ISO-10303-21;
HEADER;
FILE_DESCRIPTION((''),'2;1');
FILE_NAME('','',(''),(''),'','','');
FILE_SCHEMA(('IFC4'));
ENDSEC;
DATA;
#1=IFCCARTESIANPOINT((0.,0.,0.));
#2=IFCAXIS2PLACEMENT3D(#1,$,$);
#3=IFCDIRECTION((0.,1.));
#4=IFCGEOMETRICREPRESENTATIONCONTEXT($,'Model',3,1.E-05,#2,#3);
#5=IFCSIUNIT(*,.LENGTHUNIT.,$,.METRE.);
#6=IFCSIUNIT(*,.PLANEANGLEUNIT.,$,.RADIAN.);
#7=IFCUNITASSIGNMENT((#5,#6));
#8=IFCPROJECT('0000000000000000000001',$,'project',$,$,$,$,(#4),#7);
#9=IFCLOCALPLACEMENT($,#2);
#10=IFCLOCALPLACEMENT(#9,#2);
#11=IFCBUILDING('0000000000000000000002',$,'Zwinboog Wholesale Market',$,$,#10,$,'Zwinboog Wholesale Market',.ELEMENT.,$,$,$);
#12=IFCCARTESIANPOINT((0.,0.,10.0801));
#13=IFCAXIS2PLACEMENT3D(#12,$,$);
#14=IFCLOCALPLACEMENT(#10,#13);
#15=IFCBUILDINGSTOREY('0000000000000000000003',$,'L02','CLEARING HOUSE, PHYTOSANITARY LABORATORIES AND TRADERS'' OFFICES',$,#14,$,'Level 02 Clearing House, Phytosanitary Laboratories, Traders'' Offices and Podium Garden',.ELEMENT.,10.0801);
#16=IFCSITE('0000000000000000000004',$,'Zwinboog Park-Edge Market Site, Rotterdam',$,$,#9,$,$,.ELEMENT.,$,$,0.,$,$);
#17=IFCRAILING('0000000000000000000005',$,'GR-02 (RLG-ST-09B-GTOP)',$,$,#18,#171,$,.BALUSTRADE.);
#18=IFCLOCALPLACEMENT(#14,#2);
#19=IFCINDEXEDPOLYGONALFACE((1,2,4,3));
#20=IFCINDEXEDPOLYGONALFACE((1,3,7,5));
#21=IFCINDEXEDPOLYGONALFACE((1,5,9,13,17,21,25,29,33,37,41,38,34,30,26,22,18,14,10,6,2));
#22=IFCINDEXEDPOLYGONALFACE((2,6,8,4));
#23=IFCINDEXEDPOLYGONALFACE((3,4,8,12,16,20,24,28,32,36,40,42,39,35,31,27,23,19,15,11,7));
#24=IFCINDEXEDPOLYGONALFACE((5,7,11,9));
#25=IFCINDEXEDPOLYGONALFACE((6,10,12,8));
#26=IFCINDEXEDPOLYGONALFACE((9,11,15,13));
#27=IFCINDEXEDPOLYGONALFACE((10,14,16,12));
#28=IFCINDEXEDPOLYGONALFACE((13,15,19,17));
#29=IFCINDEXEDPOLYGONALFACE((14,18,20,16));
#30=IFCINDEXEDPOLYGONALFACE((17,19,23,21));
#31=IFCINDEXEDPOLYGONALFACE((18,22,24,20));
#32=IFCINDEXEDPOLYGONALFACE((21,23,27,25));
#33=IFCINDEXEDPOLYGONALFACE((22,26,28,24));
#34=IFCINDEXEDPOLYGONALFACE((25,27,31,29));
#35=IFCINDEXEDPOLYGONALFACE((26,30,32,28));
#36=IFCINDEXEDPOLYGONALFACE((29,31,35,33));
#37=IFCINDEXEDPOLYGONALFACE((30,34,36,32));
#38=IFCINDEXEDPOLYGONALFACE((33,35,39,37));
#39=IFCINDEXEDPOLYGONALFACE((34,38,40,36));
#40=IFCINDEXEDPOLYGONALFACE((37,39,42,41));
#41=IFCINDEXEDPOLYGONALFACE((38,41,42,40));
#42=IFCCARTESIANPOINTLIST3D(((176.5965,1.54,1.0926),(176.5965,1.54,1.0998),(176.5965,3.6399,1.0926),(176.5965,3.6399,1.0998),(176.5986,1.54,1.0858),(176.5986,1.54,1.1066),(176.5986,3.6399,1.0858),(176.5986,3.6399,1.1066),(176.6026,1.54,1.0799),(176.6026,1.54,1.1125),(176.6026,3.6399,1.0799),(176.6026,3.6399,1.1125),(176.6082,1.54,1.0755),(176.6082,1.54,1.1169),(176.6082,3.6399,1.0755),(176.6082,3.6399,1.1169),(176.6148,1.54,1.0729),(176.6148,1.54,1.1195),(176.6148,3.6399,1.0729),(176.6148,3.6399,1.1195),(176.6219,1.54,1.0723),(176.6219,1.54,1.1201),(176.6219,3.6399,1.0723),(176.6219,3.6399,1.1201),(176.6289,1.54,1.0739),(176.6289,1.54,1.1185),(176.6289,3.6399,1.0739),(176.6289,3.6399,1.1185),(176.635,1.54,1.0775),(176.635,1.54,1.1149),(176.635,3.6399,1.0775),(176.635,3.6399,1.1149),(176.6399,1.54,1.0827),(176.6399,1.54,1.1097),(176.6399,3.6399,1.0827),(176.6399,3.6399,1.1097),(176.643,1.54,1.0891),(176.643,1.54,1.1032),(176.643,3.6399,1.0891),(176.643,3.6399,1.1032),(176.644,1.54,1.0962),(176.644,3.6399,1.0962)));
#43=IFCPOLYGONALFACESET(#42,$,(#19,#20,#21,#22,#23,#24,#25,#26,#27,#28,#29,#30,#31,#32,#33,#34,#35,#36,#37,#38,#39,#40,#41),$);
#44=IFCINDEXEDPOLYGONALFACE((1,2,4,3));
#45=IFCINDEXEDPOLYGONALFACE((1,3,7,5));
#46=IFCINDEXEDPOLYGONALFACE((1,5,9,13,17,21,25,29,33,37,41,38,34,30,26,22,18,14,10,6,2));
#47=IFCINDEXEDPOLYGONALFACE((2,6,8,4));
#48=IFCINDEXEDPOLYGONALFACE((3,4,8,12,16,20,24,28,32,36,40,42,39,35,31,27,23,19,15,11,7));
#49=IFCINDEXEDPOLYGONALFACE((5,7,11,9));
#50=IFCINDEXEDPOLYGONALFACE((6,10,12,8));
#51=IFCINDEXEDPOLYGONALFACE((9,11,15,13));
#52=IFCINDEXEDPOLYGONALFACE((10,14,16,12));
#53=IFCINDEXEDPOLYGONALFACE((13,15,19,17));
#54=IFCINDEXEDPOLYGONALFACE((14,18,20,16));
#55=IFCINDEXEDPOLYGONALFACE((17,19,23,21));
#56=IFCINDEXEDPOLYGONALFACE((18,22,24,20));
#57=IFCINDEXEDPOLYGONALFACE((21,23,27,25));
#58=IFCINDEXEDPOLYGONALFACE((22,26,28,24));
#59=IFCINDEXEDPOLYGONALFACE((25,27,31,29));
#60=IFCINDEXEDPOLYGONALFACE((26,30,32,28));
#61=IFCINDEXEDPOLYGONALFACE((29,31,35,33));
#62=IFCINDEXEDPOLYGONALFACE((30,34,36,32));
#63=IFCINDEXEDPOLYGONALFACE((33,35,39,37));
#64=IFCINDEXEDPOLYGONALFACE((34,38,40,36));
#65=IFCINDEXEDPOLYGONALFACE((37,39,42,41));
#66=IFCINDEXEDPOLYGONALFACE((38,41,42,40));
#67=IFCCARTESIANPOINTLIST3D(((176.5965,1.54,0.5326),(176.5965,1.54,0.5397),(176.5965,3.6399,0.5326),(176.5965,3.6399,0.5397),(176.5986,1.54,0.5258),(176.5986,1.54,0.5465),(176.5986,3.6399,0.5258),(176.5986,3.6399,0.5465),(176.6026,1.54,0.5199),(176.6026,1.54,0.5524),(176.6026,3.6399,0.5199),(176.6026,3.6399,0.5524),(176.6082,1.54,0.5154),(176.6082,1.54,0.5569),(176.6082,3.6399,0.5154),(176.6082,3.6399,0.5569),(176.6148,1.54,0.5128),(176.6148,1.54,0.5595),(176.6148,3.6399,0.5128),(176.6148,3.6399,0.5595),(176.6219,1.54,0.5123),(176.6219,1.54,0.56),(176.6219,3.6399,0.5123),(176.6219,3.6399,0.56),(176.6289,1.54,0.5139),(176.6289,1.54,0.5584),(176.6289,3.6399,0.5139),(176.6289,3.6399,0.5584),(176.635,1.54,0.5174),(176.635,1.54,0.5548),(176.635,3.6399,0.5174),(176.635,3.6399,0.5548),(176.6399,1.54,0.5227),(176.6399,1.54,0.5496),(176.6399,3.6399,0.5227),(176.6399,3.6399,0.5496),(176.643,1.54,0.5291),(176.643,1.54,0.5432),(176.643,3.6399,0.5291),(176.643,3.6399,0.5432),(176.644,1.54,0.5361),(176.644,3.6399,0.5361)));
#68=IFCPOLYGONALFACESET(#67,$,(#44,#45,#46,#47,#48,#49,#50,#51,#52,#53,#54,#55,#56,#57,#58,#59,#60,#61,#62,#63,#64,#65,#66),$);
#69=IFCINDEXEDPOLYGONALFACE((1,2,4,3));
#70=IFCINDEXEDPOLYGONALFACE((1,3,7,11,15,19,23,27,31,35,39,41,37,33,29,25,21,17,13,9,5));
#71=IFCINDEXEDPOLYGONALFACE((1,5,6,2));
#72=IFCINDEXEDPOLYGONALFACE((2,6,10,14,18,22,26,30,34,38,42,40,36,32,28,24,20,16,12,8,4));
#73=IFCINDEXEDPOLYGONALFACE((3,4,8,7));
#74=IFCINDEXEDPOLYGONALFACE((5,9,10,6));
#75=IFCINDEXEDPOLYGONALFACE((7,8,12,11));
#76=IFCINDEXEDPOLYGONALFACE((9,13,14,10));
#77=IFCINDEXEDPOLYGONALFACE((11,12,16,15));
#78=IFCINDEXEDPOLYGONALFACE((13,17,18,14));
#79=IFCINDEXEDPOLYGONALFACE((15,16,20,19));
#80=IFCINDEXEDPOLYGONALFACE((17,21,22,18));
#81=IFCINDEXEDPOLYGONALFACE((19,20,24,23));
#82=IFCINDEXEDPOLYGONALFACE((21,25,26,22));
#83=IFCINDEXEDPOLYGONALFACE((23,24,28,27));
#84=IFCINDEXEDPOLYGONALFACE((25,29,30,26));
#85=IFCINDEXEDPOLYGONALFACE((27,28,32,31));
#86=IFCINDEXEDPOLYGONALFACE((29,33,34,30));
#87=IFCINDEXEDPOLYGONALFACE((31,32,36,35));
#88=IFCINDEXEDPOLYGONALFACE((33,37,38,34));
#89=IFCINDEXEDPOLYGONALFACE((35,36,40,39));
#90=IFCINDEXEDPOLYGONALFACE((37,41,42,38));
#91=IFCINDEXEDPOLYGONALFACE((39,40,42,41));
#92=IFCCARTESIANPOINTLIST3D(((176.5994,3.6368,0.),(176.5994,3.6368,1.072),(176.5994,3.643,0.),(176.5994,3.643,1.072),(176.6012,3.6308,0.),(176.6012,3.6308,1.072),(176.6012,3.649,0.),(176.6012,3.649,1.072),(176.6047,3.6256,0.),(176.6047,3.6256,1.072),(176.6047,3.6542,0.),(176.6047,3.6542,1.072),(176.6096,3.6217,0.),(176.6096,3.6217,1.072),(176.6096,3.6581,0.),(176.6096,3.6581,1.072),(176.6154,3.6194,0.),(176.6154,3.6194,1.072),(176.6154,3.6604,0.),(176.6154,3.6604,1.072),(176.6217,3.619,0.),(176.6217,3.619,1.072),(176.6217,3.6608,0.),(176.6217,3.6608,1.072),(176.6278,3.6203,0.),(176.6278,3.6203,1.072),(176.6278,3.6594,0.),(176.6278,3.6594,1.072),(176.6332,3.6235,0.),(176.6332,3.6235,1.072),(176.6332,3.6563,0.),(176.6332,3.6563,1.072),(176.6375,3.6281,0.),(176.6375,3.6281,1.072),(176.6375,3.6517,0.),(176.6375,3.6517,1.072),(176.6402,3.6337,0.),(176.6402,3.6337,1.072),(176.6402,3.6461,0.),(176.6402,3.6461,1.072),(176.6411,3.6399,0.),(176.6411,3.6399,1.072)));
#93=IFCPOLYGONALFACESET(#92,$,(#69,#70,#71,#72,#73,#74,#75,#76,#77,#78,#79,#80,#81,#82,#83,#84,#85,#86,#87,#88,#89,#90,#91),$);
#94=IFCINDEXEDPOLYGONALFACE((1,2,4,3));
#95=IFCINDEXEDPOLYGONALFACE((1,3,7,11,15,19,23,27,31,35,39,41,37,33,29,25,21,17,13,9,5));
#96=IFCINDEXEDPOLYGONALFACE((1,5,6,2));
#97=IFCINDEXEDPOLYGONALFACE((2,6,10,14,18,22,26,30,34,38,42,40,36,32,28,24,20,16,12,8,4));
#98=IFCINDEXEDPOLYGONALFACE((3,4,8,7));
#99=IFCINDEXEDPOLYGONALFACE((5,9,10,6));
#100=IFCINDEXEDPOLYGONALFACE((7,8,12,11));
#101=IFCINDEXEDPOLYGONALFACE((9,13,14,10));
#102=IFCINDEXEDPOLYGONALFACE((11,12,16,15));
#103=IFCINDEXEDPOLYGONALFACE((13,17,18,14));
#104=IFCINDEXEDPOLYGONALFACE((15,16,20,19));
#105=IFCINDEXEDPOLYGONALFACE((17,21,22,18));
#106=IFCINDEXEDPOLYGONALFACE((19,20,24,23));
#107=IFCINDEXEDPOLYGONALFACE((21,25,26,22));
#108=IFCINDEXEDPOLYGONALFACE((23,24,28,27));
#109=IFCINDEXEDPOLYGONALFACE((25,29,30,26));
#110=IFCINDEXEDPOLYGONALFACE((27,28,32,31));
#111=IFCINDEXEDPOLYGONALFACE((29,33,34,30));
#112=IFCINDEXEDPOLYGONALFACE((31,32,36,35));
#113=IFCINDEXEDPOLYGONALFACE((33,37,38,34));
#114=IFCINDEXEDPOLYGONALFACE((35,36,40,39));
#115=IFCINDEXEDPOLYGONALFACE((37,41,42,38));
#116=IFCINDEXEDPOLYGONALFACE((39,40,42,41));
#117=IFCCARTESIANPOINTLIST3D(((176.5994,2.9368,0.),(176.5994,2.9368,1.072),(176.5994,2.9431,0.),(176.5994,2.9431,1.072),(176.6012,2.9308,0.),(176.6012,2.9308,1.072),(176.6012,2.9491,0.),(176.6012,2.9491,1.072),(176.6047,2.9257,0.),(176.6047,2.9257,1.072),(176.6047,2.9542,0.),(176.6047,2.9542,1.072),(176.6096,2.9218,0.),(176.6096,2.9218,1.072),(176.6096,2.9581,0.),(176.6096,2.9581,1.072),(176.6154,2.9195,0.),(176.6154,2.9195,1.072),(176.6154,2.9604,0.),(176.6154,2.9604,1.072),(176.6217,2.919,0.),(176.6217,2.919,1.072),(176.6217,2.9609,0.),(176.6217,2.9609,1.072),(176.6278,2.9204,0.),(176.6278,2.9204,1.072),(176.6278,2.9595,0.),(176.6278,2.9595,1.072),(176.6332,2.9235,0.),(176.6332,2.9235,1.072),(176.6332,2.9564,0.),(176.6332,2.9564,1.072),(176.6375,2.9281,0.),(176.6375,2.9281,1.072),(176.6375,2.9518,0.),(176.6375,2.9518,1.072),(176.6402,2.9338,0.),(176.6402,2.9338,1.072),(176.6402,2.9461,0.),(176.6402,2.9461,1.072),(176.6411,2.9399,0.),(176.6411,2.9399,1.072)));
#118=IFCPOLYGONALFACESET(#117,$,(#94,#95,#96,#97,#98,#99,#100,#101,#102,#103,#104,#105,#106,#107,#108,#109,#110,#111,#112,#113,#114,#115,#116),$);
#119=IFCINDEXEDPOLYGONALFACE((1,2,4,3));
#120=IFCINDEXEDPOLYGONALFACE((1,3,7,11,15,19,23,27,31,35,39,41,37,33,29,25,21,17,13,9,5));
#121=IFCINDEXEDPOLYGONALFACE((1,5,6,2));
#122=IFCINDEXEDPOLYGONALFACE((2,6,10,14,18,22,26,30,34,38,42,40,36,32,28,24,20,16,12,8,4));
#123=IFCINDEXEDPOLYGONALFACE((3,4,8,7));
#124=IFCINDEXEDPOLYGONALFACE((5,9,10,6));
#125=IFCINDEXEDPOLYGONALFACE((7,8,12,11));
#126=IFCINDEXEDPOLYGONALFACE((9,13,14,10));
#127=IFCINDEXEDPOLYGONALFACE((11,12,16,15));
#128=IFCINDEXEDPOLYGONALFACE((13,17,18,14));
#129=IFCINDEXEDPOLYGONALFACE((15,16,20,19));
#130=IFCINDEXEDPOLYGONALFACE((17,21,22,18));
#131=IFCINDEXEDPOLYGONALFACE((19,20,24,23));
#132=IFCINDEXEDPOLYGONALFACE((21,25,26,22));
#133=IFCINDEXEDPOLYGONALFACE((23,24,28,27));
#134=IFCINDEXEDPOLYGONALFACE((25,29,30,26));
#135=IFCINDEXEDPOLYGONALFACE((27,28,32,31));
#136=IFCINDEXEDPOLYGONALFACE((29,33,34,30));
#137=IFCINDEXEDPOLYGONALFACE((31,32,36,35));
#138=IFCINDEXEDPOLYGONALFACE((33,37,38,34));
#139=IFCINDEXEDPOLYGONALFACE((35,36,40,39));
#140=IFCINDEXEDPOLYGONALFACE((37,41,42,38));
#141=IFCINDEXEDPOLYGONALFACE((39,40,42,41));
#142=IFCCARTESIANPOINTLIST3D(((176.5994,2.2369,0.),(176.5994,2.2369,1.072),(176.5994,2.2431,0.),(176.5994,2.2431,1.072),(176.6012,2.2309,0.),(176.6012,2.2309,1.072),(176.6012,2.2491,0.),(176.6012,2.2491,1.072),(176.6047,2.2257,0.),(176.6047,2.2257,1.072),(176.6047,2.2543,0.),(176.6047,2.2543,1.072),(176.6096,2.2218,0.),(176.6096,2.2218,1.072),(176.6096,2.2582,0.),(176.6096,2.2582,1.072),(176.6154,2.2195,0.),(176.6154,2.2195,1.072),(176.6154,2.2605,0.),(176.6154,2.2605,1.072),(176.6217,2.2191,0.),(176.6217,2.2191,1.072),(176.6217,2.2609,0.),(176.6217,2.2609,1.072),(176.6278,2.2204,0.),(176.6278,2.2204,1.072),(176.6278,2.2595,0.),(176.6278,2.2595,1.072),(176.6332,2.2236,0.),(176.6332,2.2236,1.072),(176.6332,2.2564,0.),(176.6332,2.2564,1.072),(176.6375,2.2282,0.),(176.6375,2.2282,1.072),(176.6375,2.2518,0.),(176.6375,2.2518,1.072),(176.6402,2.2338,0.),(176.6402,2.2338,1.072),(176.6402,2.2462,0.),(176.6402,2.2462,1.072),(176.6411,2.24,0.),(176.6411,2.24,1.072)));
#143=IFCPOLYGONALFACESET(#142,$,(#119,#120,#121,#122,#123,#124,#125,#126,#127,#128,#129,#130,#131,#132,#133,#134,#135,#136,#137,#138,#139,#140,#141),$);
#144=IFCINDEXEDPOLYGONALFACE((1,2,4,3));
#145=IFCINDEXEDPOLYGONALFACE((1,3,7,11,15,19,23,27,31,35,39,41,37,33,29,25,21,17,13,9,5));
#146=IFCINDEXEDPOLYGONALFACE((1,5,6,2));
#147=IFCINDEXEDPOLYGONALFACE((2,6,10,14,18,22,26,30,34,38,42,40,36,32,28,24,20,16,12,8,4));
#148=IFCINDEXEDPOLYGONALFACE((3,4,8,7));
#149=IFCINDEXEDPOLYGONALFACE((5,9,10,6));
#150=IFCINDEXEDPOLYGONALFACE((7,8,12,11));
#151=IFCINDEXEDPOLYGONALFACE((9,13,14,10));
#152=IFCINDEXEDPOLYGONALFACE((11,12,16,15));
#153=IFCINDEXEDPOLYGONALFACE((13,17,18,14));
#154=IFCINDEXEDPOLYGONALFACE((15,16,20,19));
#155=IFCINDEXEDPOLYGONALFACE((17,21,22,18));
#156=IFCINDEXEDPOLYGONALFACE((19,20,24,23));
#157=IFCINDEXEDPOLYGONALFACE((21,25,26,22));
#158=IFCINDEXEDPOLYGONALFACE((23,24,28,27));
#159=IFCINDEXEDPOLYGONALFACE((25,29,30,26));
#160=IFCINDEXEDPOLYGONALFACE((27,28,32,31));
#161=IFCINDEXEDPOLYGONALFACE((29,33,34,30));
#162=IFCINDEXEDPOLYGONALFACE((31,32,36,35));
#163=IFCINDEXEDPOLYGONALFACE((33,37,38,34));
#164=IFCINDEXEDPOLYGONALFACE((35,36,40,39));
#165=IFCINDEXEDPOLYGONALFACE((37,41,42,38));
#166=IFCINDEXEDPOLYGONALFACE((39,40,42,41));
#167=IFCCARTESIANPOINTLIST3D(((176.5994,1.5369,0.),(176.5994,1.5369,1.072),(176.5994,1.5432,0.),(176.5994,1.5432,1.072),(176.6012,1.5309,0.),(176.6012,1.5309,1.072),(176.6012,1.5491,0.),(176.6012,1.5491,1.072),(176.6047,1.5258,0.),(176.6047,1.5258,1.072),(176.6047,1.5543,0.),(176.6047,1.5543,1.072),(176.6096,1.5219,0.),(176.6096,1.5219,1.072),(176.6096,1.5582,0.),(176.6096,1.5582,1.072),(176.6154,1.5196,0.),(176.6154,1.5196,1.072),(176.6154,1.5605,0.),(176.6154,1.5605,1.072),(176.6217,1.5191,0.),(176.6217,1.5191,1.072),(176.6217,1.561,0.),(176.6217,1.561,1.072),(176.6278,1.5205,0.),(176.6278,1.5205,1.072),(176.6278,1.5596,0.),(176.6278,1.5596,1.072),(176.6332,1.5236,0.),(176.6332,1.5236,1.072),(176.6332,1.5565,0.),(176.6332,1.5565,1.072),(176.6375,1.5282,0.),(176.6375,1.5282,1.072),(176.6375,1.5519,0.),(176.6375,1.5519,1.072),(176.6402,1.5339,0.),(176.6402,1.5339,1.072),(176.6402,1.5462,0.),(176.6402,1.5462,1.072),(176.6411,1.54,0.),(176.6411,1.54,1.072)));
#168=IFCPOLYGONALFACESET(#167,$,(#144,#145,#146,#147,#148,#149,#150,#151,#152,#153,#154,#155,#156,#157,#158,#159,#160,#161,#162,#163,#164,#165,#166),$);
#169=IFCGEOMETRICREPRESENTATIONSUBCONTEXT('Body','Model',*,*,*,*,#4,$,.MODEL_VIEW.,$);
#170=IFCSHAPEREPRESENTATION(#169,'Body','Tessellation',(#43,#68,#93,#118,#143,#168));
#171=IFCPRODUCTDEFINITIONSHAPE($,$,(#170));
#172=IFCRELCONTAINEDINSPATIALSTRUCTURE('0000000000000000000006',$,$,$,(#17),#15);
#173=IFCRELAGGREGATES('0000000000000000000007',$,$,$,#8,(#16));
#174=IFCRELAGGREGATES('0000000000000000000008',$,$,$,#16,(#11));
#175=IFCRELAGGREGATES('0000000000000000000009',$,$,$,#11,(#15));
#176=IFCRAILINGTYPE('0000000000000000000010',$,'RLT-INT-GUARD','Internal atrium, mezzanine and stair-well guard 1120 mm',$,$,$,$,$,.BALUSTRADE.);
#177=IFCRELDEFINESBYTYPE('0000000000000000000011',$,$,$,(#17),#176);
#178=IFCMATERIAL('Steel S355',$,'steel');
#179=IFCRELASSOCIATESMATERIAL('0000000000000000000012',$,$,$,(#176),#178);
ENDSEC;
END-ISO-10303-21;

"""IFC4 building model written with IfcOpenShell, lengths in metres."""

from ifc_helpers import new_model, si_unit, direction, frame, origin, origin_2d, place, context, subcontext, project, spatial, circle, extrude, material, type_object, element, save


model = new_model("IFC4")

# Units and contexts
model_context = context("Model", 3, precision=1e-05, world=origin(), true_north=direction((0.0, 1.0)))
body_context = subcontext(model_context, "Body", "Model", "MODEL_VIEW")
ifc_project = project(units=[si_unit("LENGTHUNIT", "METRE"), si_unit("PLANEANGLEUNIT", "RADIAN")], contexts=[model_context])

# Site, building, storey
site_placement = place(None, origin())
site = spatial("IfcSite", under=ifc_project, at=site_placement, Name="Zwinboog Park-Edge Market Site, Rotterdam", CompositionType="ELEMENT", RefElevation=0.0)
building_placement = place(site_placement, origin())
building = spatial("IfcBuilding", under=site, at=building_placement, Name="Zwinboog Wholesale Market", LongName="Zwinboog Wholesale Market", CompositionType="ELEMENT")
storey_placement = place(building_placement, frame((0.0, 0.0, 10.0801)))
storey = spatial("IfcBuildingStorey", under=building, at=storey_placement, Name="L02", Description="CLEARING HOUSE, PHYTOSANITARY LABORATORIES AND TRADERS' OFFICES", LongName="Level 02 Clearing House, Phytosanitary Laboratories, Traders' Offices and Podium Garden", CompositionType="ELEMENT", Elevation=10.0801)

# Shared definitions
ifc_material_1 = material(Name="Steel S355", Category="steel")

# Railing
railing_type = type_object("IfcRailingType", Name="RLT-INT-GUARD", Description="Internal atrium, mezzanine and stair-well guard 1120 mm", PredefinedType="BALUSTRADE", material=ifc_material_1)
railing_placement = place(storey_placement, frame((176.6201, 3.6399, 0.0)))
element("IfcRailing", 1, at=railing_placement, inside=storey, type_object=railing_type, Name="GR-02 (RLG-ST-09B-GTOP)", PredefinedType="BALUSTRADE", context=body_context, shape_type="SweptSolid", body=[
    extrude(circle(Radius=0.0239, at=origin_2d()), frame((0.0, 0.0, 1.0962), z_axis=(0.0, -1.0, 0.0), x_axis=(1.0, 0.0, 0.0)), (0.0, 0.0, 1.0), 2.0999),
    extrude(circle(Radius=0.0239, at=origin_2d()), frame((0.0, 0.0, 0.5361), z_axis=(0.0, -1.0, 0.0), x_axis=(1.0, 0.0, 0.0)), (0.0, 0.0, 1.0), 2.0999),
    extrude(circle(Radius=0.021, at=origin_2d()), origin(), (0.0, 0.0, 1.0), 1.072),
    extrude(circle(Radius=0.021, at=origin_2d()), frame((0.0, -0.7, 0.0)), (0.0, 0.0, 1.0), 1.072),
    extrude(circle(Radius=0.021, at=origin_2d()), frame((0.0, -1.3999, 0.0)), (0.0, 0.0, 1.0), 1.072),
    extrude(circle(Radius=0.021, at=origin_2d()), frame((0.0, -2.0999, 0.0)), (0.0, 0.0, 1.0), 1.072),
])

save(model, "model.ifc")
